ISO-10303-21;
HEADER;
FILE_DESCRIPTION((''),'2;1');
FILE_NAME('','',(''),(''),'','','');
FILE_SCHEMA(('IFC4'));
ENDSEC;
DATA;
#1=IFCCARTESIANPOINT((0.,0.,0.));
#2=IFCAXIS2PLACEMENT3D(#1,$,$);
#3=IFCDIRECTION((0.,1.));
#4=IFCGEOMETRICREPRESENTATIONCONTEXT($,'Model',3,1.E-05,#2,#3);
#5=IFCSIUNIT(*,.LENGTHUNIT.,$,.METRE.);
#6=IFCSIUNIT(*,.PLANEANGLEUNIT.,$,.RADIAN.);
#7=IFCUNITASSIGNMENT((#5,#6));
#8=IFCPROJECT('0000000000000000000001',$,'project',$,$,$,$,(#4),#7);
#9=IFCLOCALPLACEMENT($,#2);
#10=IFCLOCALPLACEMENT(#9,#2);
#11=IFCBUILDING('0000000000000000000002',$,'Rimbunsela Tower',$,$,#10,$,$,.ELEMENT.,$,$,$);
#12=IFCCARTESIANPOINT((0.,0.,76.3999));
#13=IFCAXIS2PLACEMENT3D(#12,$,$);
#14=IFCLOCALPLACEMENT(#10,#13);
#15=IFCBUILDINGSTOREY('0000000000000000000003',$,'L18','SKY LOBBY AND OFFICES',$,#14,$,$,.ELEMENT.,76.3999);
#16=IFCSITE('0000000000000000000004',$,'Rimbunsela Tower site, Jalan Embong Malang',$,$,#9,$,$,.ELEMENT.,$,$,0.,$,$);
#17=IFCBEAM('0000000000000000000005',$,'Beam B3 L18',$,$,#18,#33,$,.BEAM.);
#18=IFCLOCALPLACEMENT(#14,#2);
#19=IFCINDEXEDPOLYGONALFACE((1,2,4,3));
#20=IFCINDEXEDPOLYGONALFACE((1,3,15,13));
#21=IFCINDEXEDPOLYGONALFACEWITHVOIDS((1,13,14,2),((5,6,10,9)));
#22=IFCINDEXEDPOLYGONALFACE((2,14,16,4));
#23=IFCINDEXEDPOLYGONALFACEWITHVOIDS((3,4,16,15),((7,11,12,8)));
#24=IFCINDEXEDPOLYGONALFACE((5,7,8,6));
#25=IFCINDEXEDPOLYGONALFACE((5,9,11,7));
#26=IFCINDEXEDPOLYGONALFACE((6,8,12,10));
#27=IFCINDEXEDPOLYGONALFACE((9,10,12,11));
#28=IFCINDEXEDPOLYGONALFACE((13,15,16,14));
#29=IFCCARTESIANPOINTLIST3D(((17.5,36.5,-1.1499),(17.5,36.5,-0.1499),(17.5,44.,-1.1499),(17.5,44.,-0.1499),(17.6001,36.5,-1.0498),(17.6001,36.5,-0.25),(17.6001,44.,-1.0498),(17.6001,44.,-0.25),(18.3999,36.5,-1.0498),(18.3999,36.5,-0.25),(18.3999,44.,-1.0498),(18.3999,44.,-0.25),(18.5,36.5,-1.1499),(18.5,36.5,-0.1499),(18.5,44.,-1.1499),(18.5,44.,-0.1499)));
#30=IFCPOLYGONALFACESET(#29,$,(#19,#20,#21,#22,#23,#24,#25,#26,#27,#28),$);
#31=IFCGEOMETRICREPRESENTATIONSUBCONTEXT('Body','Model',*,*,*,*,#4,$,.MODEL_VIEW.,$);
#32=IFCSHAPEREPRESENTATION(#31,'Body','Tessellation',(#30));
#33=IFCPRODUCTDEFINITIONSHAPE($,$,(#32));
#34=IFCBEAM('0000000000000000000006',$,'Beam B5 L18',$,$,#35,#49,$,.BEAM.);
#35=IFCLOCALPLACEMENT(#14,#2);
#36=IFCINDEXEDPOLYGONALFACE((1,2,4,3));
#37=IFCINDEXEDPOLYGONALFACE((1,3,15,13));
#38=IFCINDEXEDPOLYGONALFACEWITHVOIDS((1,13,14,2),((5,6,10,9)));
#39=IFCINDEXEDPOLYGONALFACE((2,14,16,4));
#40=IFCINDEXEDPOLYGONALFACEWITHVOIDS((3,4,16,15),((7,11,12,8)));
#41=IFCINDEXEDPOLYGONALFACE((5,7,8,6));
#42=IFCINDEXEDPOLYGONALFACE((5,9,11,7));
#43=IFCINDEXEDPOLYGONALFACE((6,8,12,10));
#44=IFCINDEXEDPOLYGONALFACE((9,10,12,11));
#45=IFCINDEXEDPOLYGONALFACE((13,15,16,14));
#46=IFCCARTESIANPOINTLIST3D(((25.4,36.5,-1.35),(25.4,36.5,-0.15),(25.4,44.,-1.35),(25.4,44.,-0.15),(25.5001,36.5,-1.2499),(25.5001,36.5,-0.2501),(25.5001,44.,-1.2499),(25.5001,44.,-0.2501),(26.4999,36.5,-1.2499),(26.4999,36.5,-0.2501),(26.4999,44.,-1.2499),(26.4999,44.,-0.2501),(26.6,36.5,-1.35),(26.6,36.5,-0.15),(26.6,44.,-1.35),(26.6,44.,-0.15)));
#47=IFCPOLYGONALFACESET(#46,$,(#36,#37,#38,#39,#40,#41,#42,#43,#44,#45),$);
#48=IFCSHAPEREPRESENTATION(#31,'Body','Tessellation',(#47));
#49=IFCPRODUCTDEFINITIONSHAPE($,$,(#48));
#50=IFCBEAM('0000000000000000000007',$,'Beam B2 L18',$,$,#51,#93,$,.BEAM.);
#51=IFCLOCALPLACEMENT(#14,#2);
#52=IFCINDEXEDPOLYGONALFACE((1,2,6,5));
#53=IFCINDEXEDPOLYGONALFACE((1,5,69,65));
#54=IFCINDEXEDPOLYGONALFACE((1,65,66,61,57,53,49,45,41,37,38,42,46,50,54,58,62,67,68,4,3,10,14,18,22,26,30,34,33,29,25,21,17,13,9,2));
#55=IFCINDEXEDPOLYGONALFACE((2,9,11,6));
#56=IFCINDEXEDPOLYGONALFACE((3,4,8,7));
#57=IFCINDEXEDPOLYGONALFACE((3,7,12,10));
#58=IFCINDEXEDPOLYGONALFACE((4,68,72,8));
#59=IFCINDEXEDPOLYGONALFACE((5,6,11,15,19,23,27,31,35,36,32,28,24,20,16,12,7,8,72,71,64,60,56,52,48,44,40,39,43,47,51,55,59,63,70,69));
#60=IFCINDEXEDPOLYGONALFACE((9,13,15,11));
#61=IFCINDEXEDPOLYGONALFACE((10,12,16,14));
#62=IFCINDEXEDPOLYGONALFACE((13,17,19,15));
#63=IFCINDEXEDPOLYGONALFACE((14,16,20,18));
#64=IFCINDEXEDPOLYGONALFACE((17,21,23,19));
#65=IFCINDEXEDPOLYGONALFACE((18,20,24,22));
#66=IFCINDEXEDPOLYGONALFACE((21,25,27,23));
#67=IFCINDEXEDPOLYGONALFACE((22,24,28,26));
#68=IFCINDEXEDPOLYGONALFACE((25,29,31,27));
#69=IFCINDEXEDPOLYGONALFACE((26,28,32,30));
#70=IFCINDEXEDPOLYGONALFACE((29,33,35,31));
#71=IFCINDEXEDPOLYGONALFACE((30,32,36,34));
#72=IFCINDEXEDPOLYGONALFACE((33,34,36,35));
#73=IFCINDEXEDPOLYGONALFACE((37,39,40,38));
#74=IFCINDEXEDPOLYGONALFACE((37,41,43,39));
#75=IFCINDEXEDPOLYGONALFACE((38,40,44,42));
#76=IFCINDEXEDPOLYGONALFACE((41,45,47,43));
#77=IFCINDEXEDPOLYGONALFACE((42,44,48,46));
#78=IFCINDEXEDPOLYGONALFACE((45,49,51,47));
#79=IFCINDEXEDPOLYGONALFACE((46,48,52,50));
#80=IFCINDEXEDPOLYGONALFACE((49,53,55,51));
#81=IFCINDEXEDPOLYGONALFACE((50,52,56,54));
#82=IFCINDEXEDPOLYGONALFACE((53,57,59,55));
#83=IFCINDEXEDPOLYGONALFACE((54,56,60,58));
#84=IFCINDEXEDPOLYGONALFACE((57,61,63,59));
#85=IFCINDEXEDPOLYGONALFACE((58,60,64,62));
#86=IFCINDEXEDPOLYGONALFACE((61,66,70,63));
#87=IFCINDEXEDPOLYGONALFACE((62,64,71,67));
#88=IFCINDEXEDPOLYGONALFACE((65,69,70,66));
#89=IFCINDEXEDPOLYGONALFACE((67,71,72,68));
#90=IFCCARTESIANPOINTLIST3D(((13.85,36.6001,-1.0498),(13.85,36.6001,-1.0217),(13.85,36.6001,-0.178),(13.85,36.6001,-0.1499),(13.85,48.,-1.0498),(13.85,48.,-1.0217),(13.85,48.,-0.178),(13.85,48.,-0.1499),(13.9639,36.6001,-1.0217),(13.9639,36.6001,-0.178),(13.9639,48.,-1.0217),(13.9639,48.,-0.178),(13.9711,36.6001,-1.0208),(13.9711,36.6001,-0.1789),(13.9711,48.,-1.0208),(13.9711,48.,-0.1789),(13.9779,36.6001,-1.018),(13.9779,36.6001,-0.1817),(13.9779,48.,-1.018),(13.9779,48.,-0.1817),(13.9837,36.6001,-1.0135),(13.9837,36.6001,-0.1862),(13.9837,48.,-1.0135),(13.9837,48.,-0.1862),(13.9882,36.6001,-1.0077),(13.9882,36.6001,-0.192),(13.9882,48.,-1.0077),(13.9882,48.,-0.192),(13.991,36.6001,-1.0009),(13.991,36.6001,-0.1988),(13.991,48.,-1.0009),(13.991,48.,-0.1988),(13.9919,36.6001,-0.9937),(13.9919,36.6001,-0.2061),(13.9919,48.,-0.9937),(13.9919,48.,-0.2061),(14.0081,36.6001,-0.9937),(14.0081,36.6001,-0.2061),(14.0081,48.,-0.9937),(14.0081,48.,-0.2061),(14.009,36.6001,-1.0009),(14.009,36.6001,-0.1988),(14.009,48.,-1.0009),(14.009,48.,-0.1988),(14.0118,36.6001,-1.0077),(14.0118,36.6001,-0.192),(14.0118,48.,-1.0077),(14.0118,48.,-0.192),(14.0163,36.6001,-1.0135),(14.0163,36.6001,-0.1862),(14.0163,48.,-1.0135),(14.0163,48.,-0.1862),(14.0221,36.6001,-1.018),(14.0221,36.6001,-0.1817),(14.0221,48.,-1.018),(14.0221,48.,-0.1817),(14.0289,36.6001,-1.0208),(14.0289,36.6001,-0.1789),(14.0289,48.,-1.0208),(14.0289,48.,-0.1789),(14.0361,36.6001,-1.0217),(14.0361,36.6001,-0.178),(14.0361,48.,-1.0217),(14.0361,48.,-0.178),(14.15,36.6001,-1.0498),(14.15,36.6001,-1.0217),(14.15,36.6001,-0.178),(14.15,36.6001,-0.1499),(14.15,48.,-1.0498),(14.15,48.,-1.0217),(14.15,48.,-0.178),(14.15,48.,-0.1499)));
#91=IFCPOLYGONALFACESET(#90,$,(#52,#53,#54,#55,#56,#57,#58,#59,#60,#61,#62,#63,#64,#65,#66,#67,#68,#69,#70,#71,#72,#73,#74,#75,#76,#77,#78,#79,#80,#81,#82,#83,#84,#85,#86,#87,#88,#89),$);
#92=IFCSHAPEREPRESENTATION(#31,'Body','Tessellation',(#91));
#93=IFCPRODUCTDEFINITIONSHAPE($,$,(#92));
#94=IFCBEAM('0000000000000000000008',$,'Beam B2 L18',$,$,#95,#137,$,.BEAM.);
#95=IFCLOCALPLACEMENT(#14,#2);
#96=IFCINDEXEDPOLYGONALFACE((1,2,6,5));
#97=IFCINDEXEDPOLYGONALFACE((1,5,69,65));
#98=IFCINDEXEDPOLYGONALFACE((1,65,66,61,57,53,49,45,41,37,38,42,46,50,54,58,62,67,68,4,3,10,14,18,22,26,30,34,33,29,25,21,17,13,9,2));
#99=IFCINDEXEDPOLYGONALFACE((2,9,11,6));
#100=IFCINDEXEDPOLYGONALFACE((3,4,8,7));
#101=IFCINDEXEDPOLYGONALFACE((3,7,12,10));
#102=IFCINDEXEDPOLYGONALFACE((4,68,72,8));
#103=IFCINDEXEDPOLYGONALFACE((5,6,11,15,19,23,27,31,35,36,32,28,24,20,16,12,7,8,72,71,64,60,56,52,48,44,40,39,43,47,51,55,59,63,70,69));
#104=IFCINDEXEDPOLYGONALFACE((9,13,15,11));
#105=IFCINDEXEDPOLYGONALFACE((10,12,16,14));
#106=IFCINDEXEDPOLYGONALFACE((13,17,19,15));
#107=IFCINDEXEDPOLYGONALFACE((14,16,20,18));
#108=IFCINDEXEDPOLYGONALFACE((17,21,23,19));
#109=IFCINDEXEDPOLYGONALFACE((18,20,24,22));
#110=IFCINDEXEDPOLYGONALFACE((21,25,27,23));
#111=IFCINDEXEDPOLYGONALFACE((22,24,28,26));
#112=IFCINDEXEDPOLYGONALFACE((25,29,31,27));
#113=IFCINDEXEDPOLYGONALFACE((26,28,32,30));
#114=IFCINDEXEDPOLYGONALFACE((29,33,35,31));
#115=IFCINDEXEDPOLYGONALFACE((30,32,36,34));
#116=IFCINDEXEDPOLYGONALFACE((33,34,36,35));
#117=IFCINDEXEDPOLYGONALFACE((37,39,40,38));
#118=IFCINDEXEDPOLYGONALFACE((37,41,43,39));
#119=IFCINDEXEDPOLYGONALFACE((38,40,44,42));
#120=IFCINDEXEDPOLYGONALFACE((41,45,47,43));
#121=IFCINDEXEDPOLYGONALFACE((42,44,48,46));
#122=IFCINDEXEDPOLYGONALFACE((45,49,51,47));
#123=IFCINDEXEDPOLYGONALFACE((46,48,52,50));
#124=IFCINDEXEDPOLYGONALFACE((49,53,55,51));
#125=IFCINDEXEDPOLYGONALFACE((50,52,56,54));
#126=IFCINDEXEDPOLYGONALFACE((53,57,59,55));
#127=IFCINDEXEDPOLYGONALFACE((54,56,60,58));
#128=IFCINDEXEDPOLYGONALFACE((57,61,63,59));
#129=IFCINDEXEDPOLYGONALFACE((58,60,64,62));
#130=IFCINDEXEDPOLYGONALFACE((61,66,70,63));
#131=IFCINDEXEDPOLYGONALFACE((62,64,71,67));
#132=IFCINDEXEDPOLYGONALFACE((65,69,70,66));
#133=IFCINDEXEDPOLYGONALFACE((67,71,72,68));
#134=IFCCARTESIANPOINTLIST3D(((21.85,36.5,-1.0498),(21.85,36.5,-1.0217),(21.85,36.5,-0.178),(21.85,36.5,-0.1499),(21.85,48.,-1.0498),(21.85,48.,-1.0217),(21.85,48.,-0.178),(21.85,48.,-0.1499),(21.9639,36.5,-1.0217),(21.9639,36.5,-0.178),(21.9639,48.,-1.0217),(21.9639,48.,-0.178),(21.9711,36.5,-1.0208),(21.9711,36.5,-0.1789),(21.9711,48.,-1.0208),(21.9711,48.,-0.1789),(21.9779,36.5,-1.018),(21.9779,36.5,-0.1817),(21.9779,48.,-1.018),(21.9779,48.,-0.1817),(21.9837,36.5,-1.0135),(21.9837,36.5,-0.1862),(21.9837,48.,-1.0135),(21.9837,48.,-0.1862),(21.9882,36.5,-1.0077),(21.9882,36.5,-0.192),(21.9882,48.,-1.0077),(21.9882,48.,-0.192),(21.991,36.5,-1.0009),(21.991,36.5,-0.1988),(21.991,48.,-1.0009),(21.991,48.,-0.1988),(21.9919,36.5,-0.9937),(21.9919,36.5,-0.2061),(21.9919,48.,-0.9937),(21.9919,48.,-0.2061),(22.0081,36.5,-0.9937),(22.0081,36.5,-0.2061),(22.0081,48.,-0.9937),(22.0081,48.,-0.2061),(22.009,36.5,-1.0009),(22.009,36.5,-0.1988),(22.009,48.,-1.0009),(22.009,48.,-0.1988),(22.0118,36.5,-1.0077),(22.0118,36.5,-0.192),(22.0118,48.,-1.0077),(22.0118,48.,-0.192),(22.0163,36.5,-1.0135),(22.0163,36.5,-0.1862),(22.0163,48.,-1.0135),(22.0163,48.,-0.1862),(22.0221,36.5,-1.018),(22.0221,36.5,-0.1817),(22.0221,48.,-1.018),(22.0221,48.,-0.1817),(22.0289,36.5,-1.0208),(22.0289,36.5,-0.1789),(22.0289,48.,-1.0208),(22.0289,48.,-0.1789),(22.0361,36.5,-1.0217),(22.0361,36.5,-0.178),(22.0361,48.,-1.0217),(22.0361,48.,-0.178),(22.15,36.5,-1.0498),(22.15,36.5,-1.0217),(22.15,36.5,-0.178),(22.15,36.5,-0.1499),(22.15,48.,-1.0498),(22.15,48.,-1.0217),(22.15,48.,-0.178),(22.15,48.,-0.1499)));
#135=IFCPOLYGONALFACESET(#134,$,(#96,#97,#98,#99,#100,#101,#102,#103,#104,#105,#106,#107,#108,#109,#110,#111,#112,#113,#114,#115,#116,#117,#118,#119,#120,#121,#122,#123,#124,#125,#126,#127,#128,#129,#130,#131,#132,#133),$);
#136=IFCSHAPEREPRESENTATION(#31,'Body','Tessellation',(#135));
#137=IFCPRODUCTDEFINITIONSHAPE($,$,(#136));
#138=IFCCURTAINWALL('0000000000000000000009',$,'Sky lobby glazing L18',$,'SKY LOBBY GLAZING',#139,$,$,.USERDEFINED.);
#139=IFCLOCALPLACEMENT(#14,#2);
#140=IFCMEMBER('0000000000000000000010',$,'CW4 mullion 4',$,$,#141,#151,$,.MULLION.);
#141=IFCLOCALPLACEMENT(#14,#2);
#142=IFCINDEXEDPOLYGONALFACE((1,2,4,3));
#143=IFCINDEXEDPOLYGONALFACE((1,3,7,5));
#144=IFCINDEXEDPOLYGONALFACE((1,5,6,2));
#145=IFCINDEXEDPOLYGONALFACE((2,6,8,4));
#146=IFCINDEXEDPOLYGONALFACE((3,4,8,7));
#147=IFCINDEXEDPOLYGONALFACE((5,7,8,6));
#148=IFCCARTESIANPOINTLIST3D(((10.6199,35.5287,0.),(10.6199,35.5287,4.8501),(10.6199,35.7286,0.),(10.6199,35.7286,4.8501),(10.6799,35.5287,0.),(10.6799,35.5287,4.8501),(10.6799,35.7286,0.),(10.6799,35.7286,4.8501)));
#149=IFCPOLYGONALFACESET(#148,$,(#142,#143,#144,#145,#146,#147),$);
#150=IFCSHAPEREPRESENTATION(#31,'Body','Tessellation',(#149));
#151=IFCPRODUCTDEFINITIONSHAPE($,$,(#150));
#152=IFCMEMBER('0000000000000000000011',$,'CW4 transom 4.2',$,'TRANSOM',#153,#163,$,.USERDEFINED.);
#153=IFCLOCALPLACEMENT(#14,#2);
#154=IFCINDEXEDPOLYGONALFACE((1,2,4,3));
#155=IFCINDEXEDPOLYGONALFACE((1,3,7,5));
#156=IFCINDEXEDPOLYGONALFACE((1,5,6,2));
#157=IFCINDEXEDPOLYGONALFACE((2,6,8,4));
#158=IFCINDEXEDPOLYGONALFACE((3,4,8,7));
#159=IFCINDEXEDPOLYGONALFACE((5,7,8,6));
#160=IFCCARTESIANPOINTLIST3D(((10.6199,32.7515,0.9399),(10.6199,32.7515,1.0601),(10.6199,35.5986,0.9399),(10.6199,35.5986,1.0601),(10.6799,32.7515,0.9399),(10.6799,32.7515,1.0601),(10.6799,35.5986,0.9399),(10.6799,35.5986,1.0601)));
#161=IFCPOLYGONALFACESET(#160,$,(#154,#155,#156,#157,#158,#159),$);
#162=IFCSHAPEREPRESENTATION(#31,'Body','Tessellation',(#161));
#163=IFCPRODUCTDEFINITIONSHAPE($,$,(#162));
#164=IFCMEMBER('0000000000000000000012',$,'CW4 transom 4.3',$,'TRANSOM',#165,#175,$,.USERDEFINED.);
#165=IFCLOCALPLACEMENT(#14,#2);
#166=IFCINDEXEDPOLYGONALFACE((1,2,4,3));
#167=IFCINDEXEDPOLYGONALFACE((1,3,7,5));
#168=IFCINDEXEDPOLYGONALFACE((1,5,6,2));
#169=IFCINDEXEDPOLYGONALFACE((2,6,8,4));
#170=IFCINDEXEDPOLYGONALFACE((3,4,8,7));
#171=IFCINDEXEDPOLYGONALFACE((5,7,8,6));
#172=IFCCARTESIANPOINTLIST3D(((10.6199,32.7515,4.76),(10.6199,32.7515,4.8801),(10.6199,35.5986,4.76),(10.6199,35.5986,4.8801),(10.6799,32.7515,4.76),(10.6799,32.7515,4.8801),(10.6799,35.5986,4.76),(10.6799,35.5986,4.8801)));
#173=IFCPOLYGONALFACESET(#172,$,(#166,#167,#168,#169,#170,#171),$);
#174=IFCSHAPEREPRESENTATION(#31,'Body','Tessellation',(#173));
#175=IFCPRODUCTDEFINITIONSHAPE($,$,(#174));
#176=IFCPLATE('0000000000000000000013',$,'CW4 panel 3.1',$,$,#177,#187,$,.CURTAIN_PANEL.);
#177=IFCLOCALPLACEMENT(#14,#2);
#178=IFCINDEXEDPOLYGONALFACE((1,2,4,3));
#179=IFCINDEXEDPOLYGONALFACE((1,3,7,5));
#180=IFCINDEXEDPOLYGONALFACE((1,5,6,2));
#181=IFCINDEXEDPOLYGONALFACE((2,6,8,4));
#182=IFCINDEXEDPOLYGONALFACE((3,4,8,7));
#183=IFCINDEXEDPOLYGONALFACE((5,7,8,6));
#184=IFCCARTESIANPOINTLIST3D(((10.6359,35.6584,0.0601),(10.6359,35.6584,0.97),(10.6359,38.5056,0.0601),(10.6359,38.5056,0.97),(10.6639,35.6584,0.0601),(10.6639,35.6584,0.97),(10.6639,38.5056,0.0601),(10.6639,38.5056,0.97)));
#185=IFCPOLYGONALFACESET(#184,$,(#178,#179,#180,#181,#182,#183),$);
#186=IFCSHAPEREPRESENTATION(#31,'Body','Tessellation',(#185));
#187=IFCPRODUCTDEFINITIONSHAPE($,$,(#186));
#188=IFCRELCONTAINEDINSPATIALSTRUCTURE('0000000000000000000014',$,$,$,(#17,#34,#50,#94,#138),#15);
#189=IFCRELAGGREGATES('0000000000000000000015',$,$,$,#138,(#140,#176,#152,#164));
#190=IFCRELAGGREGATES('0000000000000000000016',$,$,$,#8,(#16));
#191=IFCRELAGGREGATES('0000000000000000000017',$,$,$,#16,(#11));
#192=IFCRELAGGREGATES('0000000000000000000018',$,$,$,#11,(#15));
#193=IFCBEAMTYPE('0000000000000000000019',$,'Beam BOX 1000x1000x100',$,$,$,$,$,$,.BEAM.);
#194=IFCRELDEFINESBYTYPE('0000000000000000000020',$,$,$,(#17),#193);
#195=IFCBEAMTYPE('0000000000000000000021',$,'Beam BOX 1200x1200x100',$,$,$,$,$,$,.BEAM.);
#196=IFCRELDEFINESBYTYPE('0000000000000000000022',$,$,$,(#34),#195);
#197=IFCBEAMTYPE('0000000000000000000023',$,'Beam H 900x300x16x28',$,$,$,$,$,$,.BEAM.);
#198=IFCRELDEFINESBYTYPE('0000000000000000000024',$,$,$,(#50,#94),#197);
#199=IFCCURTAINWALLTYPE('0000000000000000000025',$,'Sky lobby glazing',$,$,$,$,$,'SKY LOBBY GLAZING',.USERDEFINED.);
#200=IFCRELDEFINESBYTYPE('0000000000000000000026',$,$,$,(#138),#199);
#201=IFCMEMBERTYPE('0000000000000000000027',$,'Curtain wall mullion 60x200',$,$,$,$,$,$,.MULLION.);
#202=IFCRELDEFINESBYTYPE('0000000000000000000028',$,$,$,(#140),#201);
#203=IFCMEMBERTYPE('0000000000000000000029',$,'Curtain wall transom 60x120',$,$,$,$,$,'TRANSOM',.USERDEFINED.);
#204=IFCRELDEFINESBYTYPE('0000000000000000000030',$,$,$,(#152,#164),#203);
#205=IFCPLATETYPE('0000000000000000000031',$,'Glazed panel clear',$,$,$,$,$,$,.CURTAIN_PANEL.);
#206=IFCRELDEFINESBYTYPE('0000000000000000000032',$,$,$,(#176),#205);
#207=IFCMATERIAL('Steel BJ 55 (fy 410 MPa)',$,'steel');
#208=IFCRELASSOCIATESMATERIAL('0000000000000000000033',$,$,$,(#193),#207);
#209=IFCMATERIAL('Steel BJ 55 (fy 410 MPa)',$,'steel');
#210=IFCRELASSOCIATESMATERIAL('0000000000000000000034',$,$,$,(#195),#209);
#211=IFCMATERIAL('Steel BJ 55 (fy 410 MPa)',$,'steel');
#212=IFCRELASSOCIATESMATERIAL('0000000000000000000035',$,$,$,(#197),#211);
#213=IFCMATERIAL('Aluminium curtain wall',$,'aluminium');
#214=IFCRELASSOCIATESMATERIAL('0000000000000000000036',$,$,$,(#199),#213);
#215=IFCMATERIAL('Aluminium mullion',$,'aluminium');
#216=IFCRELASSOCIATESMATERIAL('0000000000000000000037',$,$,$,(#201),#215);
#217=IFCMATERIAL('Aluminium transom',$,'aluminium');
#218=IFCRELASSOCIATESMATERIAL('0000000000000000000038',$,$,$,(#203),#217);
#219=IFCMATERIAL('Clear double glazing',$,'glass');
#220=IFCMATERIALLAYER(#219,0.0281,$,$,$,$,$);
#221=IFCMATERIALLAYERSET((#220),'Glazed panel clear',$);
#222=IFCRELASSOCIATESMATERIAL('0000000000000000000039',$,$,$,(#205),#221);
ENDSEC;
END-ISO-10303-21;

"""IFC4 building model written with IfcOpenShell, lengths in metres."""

from ifc_helpers import new_model, si_unit, direction, frame, origin, origin_2d, place, context, subcontext, project, spatial, rectangle, hollow_rectangle, i_section, extrude, material, layer, layer_set, material_profile, profile_set, type_object, element, aggregate, save


model = new_model("IFC4")

# Units and contexts
model_context = context("Model", 3, precision=1e-05, world=origin(), true_north=direction((0.0, 1.0)))
body_context = subcontext(model_context, "Body", "Model", "MODEL_VIEW")
ifc_project = project(units=[si_unit("LENGTHUNIT", "METRE"), si_unit("PLANEANGLEUNIT", "RADIAN")], contexts=[model_context])

# Site, building, storey
site_placement = place(None, origin())
site = spatial("IfcSite", under=ifc_project, at=site_placement, Name="Rimbunsela Tower site, Jalan Embong Malang", CompositionType="ELEMENT", RefElevation=0.0)
building_placement = place(site_placement, origin())
building = spatial("IfcBuilding", under=site, at=building_placement, Name="Rimbunsela Tower", CompositionType="ELEMENT")
storey_placement = place(building_placement, frame((0.0, 0.0, 76.3999)))
storey = spatial("IfcBuildingStorey", under=building, at=storey_placement, Name="L18", Description="SKY LOBBY AND OFFICES", CompositionType="ELEMENT", Elevation=76.3999)

# Beams
ifc_material_1 = material(Name="Steel BJ 55 (fy 410 MPa)", Category="steel")
ifc_material_profile_1 = material_profile(ifc_material_1, hollow_rectangle(XDim=1.0, YDim=1.0, WallThickness=0.1001, at=origin_2d()), Name="BOX 1000x1000x100")
ifc_profile_set_1 = profile_set([ifc_material_profile_1], Name="Steel BJ 55 (fy 410 MPa)")
beam_type_1 = type_object("IfcBeamType", Name="Beam BOX 1000x1000x100", PredefinedType="BEAM", material=ifc_profile_set_1)
beam_1_placement = place(storey_placement, frame((18.0, 36.5, -0.6499), z_axis=(0.0, 1.0, 0.0), x_axis=(-1.0, 0.0, 0.0)))
element("IfcBeam", 1, at=beam_1_placement, inside=storey, type_object=beam_type_1, Name="Beam B3 L18", PredefinedType="BEAM", context=body_context, shape_type="SweptSolid", body=[
    extrude(hollow_rectangle(XDim=1.0, YDim=1.0, WallThickness=0.1001, at=origin_2d()), origin(), (0.0, 0.0, 1.0), 7.5),
])
ifc_material_2 = material(Name="Steel BJ 55 (fy 410 MPa)", Category="steel")
ifc_material_profile_2 = material_profile(ifc_material_2, hollow_rectangle(XDim=1.2, YDim=1.2, WallThickness=0.1001, at=origin_2d()), Name="BOX 1200x1200x100")
ifc_profile_set_2 = profile_set([ifc_material_profile_2], Name="Steel BJ 55 (fy 410 MPa)")
beam_type_2 = type_object("IfcBeamType", Name="Beam BOX 1200x1200x100", PredefinedType="BEAM", material=ifc_profile_set_2)
beam_2_placement = place(storey_placement, frame((26.0, 36.5, -0.75), z_axis=(0.0, 1.0, 0.0), x_axis=(-1.0, 0.0, 0.0)))
element("IfcBeam", 2, at=beam_2_placement, inside=storey, type_object=beam_type_2, Name="Beam B5 L18", PredefinedType="BEAM", context=body_context, shape_type="SweptSolid", body=[
    extrude(hollow_rectangle(XDim=1.2, YDim=1.2, WallThickness=0.1001, at=origin_2d()), origin(), (0.0, 0.0, 1.0), 7.5),
])
ifc_material_3 = material(Name="Steel BJ 55 (fy 410 MPa)", Category="steel")
ifc_material_profile_3 = material_profile(ifc_material_3, i_section(OverallWidth=0.3, OverallDepth=0.8999, WebThickness=0.0161, FlangeThickness=0.0281, FilletRadius=0.0281, at=origin_2d()), Name="H 900x300x16x28")
ifc_profile_set_3 = profile_set([ifc_material_profile_3], Name="Steel BJ 55 (fy 410 MPa)")
beam_type_3 = type_object("IfcBeamType", Name="Beam H 900x300x16x28", PredefinedType="BEAM", material=ifc_profile_set_3)
beam_3_placement = place(storey_placement, frame((14.0, 36.6001, -0.5999), z_axis=(0.0, 1.0, 0.0), x_axis=(-1.0, 0.0, 0.0)))
element("IfcBeam", 3, at=beam_3_placement, inside=storey, type_object=beam_type_3, Name="Beam B2 L18", PredefinedType="BEAM", context=body_context, shape_type="SweptSolid", body=[
    extrude(i_section(OverallWidth=0.3, OverallDepth=0.8999, WebThickness=0.0161, FlangeThickness=0.0281, FilletRadius=0.0281, at=origin_2d()), origin(), (0.0, 0.0, 1.0), 11.3999),
])
beam_4_placement = place(storey_placement, frame((22.0, 36.5, -0.5999), z_axis=(0.0, 1.0, 0.0), x_axis=(-1.0, 0.0, 0.0)))
element("IfcBeam", 4, at=beam_4_placement, inside=storey, type_object=beam_type_3, Name="Beam B2 L18", PredefinedType="BEAM", context=body_context, shape_type="SweptSolid", body=[
    extrude(i_section(OverallWidth=0.3, OverallDepth=0.8999, WebThickness=0.0161, FlangeThickness=0.0281, FilletRadius=0.0281, at=origin_2d()), origin(), (0.0, 0.0, 1.0), 11.5),
])

# Curtain wall, members, plate
ifc_material_4 = material(Name="Aluminium curtain wall", Category="aluminium")
curtain_wall_type = type_object("IfcCurtainWallType", Name="Sky lobby glazing", ElementType="SKY LOBBY GLAZING", PredefinedType="USERDEFINED", material=ifc_material_4)
curtain_wall_placement = place(storey_placement, origin())
curtain_wall = element("IfcCurtainWall", 5, at=curtain_wall_placement, inside=storey, type_object=curtain_wall_type, Name="Sky lobby glazing L18", ObjectType="SKY LOBBY GLAZING", PredefinedType="USERDEFINED")
ifc_material_5 = material(Name="Aluminium mullion", Category="aluminium")
ifc_material_profile_4 = material_profile(ifc_material_5, rectangle(XDim=0.0601, YDim=0.2, at=origin_2d()), Name="Mullion 60x200")
ifc_profile_set_4 = profile_set([ifc_material_profile_4], Name="Aluminium mullion")
member_type_1 = type_object("IfcMemberType", Name="Curtain wall mullion 60x200", PredefinedType="MULLION", material=ifc_profile_set_4)
member_1_placement = place(storey_placement, frame((10.6499, 35.6287, 0.0), z_axis=(0.0, 0.0, 1.0), x_axis=(1.0, 0.0, 0.0)))
member_1 = element("IfcMember", 6, at=member_1_placement, type_object=member_type_1, Name="CW4 mullion 4", PredefinedType="MULLION", context=body_context, shape_type="SweptSolid", body=[
    extrude(rectangle(XDim=0.0601, YDim=0.2, at=origin_2d()), origin(), (0.0, 0.0, 1.0), 4.8501),
])
ifc_material_6 = material(Name="Aluminium transom", Category="aluminium")
ifc_material_profile_5 = material_profile(ifc_material_6, rectangle(XDim=0.0601, YDim=0.1201, at=origin_2d()), Name="Transom 60x120")
ifc_profile_set_5 = profile_set([ifc_material_profile_5], Name="Aluminium transom")
member_type_2 = type_object("IfcMemberType", Name="Curtain wall transom 60x120", ElementType="TRANSOM", PredefinedType="USERDEFINED", material=ifc_profile_set_5)
member_2_placement = place(storey_placement, frame((10.6499, 35.5986, 1.0), z_axis=(0.0, -1.0, 0.0), x_axis=(1.0, 0.0, 0.0)))
member_2 = element("IfcMember", 7, at=member_2_placement, type_object=member_type_2, Name="CW4 transom 4.2", ObjectType="TRANSOM", PredefinedType="USERDEFINED", context=body_context, shape_type="SweptSolid", body=[
    extrude(rectangle(XDim=0.0601, YDim=0.1201, at=origin_2d()), origin(), (0.0, 0.0, 1.0), 2.8472),
])
member_3_placement = place(storey_placement, frame((10.6499, 35.5986, 4.8201), z_axis=(0.0, -1.0, 0.0), x_axis=(1.0, 0.0, 0.0)))
member_3 = element("IfcMember", 8, at=member_3_placement, type_object=member_type_2, Name="CW4 transom 4.3", ObjectType="TRANSOM", PredefinedType="USERDEFINED", context=body_context, shape_type="SweptSolid", body=[
    extrude(rectangle(XDim=0.0601, YDim=0.1201, at=origin_2d()), origin(), (0.0, 0.0, 1.0), 2.8472),
])
ifc_material_7 = material(Name="Clear double glazing", Category="glass")
ifc_layer_1 = layer(ifc_material_7, 0.0281)
ifc_layer_set_1 = layer_set([ifc_layer_1], Name="Glazed panel clear")
plate_type = type_object("IfcPlateType", Name="Glazed panel clear", PredefinedType="CURTAIN_PANEL", material=ifc_layer_set_1)
plate_1_placement = place(storey_placement, frame((10.6499, 37.082, 0.0601), z_axis=(0.0, 0.0, 1.0), x_axis=(0.0, -1.0, 0.0)))
plate_1 = element("IfcPlate", 9, at=plate_1_placement, type_object=plate_type, Name="CW4 panel 3.1", PredefinedType="CURTAIN_PANEL", context=body_context, shape_type="SweptSolid", body=[
    extrude(rectangle(XDim=2.8472, YDim=0.0281, at=origin_2d()), origin(), (0.0, 0.0, 1.0), 0.9099),
])
aggregate(curtain_wall, [member_1, plate_1, member_2, member_3])

save(model, "model.ifc")
